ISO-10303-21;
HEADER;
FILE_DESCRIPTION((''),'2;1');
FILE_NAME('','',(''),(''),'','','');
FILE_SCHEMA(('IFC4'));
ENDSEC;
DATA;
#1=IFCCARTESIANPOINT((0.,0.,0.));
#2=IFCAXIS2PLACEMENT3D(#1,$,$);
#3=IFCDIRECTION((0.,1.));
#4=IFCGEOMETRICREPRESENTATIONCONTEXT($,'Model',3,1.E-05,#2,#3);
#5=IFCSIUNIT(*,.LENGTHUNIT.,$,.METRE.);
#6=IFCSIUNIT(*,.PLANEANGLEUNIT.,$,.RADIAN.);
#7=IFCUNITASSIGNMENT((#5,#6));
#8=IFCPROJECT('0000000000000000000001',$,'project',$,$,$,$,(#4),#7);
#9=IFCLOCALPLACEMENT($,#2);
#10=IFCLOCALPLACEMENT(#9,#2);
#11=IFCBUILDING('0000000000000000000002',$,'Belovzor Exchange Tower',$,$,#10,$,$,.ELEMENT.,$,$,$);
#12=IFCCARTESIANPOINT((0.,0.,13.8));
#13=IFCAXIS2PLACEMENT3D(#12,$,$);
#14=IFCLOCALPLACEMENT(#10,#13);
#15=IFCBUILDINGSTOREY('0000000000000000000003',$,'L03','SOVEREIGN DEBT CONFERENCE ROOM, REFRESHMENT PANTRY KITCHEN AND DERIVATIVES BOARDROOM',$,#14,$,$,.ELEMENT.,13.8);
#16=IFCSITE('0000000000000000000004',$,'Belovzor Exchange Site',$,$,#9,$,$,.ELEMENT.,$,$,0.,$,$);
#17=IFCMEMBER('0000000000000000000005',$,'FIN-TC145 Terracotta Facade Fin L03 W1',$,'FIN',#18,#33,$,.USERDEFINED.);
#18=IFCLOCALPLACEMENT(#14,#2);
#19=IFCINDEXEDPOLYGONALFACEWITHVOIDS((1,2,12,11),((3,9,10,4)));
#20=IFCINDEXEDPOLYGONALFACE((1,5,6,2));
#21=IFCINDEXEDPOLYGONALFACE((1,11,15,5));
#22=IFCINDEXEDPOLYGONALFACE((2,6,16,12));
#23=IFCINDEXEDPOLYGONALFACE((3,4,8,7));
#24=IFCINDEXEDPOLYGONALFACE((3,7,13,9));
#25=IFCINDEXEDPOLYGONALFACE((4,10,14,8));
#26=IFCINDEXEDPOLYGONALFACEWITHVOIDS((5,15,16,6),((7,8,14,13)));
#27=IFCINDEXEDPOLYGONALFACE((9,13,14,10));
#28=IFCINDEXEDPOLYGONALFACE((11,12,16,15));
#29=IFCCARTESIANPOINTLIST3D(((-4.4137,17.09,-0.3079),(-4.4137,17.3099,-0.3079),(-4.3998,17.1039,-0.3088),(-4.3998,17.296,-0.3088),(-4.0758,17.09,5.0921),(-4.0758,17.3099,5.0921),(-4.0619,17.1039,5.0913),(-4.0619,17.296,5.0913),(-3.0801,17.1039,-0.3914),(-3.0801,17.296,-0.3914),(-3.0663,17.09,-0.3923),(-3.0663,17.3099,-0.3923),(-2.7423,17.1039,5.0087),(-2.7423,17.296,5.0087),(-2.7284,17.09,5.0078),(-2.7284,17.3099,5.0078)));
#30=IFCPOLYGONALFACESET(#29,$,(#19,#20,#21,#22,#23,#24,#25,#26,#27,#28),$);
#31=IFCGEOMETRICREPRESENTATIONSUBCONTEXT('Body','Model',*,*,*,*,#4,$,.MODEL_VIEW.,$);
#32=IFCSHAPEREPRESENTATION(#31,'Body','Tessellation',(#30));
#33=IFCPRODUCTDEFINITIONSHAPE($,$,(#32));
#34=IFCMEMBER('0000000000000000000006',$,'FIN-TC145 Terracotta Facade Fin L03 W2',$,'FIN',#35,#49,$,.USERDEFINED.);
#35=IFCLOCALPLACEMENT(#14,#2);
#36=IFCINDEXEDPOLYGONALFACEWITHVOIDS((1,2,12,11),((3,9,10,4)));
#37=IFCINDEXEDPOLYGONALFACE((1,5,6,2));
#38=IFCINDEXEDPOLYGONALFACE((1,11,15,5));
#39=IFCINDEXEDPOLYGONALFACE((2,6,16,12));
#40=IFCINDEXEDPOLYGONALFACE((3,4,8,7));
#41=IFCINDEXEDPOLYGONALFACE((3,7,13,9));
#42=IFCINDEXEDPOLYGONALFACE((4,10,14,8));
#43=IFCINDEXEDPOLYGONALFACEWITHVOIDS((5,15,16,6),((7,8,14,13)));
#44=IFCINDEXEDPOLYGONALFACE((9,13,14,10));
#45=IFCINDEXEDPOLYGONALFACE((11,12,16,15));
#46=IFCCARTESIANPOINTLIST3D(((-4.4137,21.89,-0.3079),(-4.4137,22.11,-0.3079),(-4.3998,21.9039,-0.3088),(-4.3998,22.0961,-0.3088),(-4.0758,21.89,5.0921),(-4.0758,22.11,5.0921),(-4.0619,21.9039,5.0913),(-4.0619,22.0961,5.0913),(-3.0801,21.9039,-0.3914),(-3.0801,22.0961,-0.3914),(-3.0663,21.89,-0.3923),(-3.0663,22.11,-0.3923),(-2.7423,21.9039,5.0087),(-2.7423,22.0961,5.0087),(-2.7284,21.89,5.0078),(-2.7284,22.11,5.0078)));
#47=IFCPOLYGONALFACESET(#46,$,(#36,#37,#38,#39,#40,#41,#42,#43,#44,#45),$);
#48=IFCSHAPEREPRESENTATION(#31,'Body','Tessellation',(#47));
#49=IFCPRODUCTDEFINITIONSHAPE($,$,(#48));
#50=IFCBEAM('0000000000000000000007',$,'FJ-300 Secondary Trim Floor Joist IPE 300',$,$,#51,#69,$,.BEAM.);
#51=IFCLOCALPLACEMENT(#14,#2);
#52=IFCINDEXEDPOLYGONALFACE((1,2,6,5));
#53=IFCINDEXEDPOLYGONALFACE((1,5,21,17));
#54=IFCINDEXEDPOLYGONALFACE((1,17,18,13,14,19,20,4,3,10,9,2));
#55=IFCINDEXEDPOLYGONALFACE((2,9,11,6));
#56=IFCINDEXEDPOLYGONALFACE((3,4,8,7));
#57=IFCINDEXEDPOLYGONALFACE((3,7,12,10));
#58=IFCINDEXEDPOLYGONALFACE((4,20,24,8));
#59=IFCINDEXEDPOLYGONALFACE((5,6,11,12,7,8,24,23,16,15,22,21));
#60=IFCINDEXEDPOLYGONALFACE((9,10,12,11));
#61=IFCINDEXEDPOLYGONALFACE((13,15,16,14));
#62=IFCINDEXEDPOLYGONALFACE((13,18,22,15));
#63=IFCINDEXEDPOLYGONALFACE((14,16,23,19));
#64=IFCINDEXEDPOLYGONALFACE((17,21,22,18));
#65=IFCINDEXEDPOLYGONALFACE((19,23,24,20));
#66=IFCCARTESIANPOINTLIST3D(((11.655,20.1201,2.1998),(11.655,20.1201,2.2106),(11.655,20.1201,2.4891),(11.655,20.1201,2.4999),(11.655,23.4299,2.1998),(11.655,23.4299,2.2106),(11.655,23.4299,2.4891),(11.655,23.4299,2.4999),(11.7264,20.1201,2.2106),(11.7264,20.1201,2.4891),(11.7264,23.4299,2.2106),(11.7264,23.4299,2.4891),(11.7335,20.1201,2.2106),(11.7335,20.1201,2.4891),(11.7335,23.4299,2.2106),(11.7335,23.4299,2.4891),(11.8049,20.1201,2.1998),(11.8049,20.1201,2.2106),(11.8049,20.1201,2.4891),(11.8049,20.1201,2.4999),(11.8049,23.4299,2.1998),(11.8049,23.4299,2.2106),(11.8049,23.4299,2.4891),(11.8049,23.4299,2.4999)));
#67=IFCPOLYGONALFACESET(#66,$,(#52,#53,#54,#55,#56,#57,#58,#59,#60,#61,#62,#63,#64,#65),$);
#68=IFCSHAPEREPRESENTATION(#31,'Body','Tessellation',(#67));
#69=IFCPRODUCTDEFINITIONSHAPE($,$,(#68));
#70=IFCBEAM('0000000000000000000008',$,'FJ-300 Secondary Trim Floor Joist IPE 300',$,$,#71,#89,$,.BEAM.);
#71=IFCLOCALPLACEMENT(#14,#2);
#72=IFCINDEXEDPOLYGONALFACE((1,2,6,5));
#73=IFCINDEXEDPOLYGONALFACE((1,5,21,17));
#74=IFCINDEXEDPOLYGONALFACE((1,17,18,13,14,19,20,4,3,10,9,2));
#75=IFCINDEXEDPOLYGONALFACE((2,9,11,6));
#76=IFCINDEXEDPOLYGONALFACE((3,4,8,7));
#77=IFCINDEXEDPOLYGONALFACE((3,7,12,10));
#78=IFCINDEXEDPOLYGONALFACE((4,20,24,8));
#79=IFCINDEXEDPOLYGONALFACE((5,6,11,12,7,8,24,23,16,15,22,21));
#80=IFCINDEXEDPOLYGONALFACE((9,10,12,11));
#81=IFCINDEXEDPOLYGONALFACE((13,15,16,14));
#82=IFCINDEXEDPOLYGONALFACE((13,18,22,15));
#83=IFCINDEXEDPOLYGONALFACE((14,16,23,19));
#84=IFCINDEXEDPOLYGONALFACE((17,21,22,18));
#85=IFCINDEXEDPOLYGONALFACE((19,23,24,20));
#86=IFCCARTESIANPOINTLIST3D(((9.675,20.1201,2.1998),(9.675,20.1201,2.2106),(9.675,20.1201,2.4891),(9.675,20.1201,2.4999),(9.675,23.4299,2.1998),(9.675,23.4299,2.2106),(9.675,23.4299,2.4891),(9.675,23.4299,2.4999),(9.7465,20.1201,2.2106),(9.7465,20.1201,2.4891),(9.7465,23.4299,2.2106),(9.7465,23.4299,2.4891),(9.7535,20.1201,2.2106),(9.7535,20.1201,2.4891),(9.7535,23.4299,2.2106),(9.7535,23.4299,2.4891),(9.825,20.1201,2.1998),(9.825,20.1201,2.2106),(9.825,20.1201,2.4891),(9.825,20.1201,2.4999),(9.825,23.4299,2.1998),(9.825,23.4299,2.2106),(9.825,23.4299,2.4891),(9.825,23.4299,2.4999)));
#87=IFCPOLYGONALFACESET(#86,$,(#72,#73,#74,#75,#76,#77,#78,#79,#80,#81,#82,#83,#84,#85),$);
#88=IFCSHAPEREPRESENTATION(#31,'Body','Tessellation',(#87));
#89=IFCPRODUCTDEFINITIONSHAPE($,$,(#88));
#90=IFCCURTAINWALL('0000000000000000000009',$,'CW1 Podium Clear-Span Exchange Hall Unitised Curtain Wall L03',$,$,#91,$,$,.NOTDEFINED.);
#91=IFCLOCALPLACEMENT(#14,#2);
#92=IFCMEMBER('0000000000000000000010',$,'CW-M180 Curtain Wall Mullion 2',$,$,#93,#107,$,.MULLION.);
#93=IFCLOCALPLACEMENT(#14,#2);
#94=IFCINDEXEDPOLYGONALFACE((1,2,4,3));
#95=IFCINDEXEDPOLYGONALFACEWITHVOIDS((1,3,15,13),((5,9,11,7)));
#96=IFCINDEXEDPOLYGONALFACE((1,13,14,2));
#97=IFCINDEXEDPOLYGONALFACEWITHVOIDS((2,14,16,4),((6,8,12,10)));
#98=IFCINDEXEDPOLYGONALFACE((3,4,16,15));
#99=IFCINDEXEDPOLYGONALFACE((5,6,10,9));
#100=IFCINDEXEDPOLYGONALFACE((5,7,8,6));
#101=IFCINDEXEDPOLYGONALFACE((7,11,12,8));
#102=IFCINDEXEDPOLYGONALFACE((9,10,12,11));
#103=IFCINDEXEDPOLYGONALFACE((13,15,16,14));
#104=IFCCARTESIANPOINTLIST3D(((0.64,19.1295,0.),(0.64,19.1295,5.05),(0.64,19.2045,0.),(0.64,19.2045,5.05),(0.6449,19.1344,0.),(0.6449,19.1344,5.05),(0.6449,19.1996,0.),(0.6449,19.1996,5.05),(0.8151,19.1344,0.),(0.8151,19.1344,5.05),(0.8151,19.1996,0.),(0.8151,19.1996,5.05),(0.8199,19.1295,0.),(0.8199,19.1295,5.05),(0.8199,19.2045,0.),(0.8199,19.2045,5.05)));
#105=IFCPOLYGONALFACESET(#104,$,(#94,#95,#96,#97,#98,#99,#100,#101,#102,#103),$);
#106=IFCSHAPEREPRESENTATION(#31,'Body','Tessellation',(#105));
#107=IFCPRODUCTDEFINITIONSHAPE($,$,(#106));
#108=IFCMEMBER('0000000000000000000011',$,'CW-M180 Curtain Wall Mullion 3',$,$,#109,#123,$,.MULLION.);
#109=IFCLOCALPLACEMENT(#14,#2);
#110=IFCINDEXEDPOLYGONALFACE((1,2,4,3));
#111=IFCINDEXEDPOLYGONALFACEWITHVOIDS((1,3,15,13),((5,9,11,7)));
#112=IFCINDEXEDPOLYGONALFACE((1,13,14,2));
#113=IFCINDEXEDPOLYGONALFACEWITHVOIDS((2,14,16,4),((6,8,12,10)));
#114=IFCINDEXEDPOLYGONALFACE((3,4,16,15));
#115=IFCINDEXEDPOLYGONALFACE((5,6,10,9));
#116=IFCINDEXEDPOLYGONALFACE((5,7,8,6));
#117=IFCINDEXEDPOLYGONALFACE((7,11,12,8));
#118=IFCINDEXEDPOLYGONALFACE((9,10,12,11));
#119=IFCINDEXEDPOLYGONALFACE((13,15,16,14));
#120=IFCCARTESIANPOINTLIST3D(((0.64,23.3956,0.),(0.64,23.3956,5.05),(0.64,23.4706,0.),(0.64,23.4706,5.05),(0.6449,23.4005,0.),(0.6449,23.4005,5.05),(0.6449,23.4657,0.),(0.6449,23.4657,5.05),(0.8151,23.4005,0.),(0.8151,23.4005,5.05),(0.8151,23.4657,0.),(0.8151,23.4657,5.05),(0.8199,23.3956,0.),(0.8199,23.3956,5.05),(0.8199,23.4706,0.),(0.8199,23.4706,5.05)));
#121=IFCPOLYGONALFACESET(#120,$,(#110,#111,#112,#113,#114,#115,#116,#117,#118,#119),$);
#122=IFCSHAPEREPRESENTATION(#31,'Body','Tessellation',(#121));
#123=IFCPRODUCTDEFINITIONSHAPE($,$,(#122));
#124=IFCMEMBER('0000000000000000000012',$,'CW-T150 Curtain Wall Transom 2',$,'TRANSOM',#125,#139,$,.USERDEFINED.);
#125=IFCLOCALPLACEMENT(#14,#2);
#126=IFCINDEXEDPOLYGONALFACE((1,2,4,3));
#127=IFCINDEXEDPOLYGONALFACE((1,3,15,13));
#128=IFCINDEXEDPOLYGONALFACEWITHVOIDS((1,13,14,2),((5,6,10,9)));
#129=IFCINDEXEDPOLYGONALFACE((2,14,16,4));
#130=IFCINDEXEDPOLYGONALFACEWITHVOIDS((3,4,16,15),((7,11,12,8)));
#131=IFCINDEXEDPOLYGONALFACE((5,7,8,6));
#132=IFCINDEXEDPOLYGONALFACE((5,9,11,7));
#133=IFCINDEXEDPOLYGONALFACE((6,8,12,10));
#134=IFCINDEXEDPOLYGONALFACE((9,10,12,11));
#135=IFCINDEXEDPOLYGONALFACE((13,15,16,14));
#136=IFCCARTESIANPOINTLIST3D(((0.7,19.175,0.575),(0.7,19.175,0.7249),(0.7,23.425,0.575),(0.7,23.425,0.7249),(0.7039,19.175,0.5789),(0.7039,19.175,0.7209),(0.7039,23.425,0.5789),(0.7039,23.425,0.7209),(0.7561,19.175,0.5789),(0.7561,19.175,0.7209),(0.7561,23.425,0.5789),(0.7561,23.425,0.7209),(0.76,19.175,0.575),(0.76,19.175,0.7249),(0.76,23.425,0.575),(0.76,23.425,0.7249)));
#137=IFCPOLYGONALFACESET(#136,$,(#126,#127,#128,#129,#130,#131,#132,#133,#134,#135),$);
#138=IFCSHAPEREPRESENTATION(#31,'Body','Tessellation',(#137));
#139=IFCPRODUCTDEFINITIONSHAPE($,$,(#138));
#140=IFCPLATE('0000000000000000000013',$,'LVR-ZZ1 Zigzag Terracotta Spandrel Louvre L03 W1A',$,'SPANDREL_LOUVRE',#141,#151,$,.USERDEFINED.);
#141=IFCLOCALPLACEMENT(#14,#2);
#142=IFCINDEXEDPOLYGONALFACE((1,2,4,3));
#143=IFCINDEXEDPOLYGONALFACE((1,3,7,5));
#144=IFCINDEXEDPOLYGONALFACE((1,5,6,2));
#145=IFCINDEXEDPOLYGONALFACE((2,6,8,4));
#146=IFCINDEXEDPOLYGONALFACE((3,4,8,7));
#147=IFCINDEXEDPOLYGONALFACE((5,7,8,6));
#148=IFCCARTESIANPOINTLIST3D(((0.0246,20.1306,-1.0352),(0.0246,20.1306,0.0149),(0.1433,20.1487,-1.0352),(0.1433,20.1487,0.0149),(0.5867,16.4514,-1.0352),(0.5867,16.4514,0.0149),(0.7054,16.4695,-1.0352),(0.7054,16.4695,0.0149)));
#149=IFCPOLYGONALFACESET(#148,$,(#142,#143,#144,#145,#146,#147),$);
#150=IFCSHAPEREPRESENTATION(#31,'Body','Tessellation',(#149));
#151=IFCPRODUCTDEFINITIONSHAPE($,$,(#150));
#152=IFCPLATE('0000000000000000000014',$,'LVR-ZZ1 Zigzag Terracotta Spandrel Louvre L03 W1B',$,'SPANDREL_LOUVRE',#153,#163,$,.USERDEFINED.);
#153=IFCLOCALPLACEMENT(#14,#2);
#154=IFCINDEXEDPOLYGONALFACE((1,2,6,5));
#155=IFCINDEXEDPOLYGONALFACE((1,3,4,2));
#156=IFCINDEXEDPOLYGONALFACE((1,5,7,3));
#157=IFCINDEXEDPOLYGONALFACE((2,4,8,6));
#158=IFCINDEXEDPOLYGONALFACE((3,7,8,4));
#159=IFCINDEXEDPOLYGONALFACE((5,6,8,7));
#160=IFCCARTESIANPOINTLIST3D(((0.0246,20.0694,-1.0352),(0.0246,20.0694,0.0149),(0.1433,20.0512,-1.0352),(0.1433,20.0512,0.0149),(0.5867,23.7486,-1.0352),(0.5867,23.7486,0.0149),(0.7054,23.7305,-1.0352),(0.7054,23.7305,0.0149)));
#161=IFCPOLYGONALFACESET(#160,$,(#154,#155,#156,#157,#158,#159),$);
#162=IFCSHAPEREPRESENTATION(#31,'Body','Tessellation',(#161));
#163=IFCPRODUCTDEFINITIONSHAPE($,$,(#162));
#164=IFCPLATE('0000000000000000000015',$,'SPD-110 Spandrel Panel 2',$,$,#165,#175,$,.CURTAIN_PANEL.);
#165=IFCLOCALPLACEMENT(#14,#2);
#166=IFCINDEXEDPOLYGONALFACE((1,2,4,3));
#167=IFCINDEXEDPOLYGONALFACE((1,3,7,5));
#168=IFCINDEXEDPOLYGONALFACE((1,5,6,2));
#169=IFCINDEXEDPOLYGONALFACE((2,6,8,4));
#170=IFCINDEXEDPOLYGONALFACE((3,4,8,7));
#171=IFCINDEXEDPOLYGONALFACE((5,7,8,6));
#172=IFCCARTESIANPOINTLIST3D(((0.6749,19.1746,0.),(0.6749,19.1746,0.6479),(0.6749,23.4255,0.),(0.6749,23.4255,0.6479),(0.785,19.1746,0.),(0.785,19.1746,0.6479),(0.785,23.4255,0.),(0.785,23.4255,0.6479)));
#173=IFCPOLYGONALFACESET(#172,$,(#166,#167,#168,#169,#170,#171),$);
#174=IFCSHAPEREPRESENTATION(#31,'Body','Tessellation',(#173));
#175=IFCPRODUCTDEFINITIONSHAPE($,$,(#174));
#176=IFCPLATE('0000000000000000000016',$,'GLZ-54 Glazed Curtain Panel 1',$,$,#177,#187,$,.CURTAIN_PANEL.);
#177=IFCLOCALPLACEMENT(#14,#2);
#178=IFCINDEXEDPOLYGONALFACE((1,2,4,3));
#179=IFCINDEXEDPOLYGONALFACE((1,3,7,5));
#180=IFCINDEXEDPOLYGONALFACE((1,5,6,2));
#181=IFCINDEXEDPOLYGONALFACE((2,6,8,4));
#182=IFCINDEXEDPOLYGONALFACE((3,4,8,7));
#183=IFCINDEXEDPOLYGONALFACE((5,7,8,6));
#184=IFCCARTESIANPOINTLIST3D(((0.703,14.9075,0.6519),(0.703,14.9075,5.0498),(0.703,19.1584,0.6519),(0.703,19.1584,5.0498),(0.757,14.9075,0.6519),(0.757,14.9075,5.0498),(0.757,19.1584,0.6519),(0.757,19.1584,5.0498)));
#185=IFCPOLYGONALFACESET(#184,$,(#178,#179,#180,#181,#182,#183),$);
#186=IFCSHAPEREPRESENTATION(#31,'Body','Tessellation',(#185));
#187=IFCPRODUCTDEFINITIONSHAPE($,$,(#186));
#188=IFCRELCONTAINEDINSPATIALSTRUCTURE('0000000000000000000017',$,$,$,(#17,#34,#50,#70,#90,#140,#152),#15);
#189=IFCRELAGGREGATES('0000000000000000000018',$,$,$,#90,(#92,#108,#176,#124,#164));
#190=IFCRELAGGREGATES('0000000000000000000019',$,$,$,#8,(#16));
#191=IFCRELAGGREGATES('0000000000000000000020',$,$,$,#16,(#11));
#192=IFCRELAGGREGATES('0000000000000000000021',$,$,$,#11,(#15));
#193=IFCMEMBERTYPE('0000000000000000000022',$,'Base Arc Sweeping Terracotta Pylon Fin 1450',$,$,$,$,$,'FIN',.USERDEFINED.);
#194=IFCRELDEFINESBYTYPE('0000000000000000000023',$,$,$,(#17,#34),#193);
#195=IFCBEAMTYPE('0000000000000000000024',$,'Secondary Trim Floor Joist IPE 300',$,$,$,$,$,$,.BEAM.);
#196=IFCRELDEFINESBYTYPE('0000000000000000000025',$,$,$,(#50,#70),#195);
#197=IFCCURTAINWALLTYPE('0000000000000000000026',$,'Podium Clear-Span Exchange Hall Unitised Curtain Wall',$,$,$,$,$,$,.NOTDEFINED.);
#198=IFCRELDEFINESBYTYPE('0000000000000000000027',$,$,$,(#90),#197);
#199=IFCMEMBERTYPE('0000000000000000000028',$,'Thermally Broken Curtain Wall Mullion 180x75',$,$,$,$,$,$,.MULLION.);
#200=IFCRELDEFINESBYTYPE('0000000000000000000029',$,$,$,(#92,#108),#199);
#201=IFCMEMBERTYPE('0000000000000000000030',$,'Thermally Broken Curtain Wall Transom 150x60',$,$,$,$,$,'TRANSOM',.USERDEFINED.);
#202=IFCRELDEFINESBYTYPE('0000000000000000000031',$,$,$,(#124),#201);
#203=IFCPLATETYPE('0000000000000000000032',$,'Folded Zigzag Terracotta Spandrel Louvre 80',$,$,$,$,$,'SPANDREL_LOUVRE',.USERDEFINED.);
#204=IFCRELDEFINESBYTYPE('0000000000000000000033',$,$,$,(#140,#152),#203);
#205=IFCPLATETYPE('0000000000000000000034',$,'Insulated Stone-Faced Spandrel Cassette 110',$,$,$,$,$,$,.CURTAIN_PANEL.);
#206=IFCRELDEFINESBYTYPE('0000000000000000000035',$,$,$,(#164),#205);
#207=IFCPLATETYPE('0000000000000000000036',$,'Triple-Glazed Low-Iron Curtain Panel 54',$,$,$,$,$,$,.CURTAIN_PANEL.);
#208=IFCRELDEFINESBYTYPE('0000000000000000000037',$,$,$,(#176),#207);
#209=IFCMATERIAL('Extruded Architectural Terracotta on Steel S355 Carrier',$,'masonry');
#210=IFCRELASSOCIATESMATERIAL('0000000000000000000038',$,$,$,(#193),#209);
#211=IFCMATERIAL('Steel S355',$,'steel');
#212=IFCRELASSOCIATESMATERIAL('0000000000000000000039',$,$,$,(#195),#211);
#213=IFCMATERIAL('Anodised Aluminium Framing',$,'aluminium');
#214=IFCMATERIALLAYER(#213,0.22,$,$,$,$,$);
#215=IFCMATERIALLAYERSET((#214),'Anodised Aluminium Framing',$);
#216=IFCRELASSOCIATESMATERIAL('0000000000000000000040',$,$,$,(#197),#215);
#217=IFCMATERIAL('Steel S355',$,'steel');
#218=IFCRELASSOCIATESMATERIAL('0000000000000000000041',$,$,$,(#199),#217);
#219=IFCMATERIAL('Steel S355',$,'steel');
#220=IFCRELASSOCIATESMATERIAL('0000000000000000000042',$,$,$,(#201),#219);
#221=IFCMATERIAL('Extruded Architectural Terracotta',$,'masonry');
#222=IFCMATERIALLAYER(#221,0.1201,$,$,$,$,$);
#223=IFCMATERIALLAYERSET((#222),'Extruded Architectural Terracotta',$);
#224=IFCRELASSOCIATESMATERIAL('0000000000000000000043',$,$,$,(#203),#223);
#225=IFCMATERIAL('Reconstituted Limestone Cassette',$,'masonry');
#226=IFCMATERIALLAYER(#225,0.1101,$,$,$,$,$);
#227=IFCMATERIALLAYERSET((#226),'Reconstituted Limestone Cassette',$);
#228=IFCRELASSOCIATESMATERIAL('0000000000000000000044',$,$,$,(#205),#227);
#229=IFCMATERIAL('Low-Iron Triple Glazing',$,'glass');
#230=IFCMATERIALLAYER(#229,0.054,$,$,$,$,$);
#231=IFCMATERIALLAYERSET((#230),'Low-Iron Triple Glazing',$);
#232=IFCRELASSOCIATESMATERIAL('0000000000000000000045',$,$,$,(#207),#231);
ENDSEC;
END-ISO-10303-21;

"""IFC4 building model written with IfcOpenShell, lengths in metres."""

from ifc_helpers import new_model, si_unit, direction, frame, origin, origin_2d, place, context, subcontext, project, spatial, rectangle, hollow_rectangle, i_section, extrude, material, layer, layer_set, material_profile, profile_set, type_object, element, aggregate, save


model = new_model("IFC4")

# Units and contexts
model_context = context("Model", 3, precision=1e-05, world=origin(), true_north=direction((0.0, 1.0)))
body_context = subcontext(model_context, "Body", "Model", "MODEL_VIEW")
ifc_project = project(units=[si_unit("LENGTHUNIT", "METRE"), si_unit("PLANEANGLEUNIT", "RADIAN")], contexts=[model_context])

# Site, building, storey
site_placement = place(None, origin())
site = spatial("IfcSite", under=ifc_project, at=site_placement, Name="Belovzor Exchange Site", CompositionType="ELEMENT", RefElevation=0.0)
building_placement = place(site_placement, origin())
building = spatial("IfcBuilding", under=site, at=building_placement, Name="Belovzor Exchange Tower", CompositionType="ELEMENT")
storey_placement = place(building_placement, frame((0.0, 0.0, 13.8)))
storey = spatial("IfcBuildingStorey", under=building, at=storey_placement, Name="L03", Description="SOVEREIGN DEBT CONFERENCE ROOM, REFRESHMENT PANTRY KITCHEN AND DERIVATIVES BOARDROOM", CompositionType="ELEMENT", Elevation=13.8)

# Members
ifc_material_1 = material(Name="Extruded Architectural Terracotta on Steel S355 Carrier", Category="masonry")
ifc_material_profile_1 = material_profile(ifc_material_1, hollow_rectangle(XDim=0.22, YDim=1.3501, WallThickness=0.0139, at=origin_2d()))
ifc_profile_set_1 = profile_set([ifc_material_profile_1], Name="Extruded Architectural Terracotta on Steel S355 Carrier")
member_type_1 = type_object("IfcMemberType", Name="Base Arc Sweeping Terracotta Pylon Fin 1450", ElementType="FIN", PredefinedType="USERDEFINED", material=ifc_profile_set_1)
for number, where, z_axis, x_axis, name in (
    (1, (-3.74, 17.2, -0.3501), (0.062449, 0.0, 0.998048), (0.0, 1.0, 0.0), "FIN-TC145 Terracotta Facade Fin L03 W1"),
    (2, (-3.74, 22.0, -0.3501), (0.062449, 0.0, 0.998048), (0.0, 1.0, 0.0), "FIN-TC145 Terracotta Facade Fin L03 W2"),
):
    element("IfcMember", number, at=place(storey_placement, frame(where, z_axis=z_axis, x_axis=x_axis)), inside=storey, type_object=member_type_1, Name=name, ObjectType="FIN", PredefinedType="USERDEFINED", context=body_context, shape_type="SweptSolid", body=[
        extrude(hollow_rectangle(XDim=0.22, YDim=1.3501, WallThickness=0.0139, at=origin_2d()), origin(), (0.0, 0.0, 1.0), 5.4106),
    ])

# Beams
ifc_material_2 = material(Name="Steel S355", Category="steel")
ifc_material_profile_2 = material_profile(ifc_material_2, i_section(OverallWidth=0.1499, OverallDepth=0.3, WebThickness=0.0071, FlangeThickness=0.0107, at=origin_2d()))
ifc_profile_set_2 = profile_set([ifc_material_profile_2], Name="Steel S355")
beam_type = type_object("IfcBeamType", Name="Secondary Trim Floor Joist IPE 300", PredefinedType="BEAM", material=ifc_profile_set_2)
for number, where, z_axis, x_axis, name in (
    (3, (11.73, 23.4299, 2.3499), (0.0, -1.0, 0.0), (1.0, 0.0, 0.0), "FJ-300 Secondary Trim Floor Joist IPE 300"),
    (4, (9.75, 23.4299, 2.3499), (0.0, -1.0, 0.0), (1.0, 0.0, 0.0), "FJ-300 Secondary Trim Floor Joist IPE 300"),
):
    element("IfcBeam", number, at=place(storey_placement, frame(where, z_axis=z_axis, x_axis=x_axis)), inside=storey, type_object=beam_type, Name=name, PredefinedType="BEAM", context=body_context, shape_type="SweptSolid", body=[
        extrude(i_section(OverallWidth=0.1499, OverallDepth=0.3, WebThickness=0.0071, FlangeThickness=0.0107, at=origin_2d()), origin(), (0.0, 0.0, 1.0), 3.3098),
    ])

# Curtain wall, members
ifc_material_3 = material(Name="Anodised Aluminium Framing", Category="aluminium")
ifc_layer_1 = layer(ifc_material_3, 0.22)
ifc_layer_set_1 = layer_set([ifc_layer_1], Name="Anodised Aluminium Framing")
curtain_wall_type = type_object("IfcCurtainWallType", Name="Podium Clear-Span Exchange Hall Unitised Curtain Wall", PredefinedType="NOTDEFINED", material=ifc_layer_set_1)
curtain_wall_placement = place(storey_placement, origin())
curtain_wall = element("IfcCurtainWall", 5, at=curtain_wall_placement, inside=storey, type_object=curtain_wall_type, Name="CW1 Podium Clear-Span Exchange Hall Unitised Curtain Wall L03", PredefinedType="NOTDEFINED")
ifc_material_4 = material(Name="Steel S355", Category="steel")
ifc_material_profile_3 = material_profile(ifc_material_4, hollow_rectangle(XDim=0.075, YDim=0.1799, WallThickness=0.0049, at=origin_2d()))
ifc_profile_set_3 = profile_set([ifc_material_profile_3], Name="Steel S355")
member_type_2 = type_object("IfcMemberType", Name="Thermally Broken Curtain Wall Mullion 180x75", PredefinedType="MULLION", material=ifc_profile_set_3)
member_1_placement = place(storey_placement, frame((0.73, 19.167, 0.0), z_axis=(0.0, 0.0, 1.0), x_axis=(0.0, 1.0, 0.0)))
member_1 = element("IfcMember", 6, at=member_1_placement, type_object=member_type_2, Name="CW-M180 Curtain Wall Mullion 2", PredefinedType="MULLION", context=body_context, shape_type="SweptSolid", body=[
    extrude(hollow_rectangle(XDim=0.075, YDim=0.1799, WallThickness=0.0049, at=origin_2d()), origin(), (0.0, 0.0, 1.0), 5.05),
])
member_2_placement = place(storey_placement, frame((0.73, 23.4331, 0.0), z_axis=(0.0, 0.0, 1.0), x_axis=(0.0, 1.0, 0.0)))
member_2 = element("IfcMember", 7, at=member_2_placement, type_object=member_type_2, Name="CW-M180 Curtain Wall Mullion 3", PredefinedType="MULLION", context=body_context, shape_type="SweptSolid", body=[
    extrude(hollow_rectangle(XDim=0.075, YDim=0.1799, WallThickness=0.0049, at=origin_2d()), origin(), (0.0, 0.0, 1.0), 5.05),
])
ifc_material_5 = material(Name="Steel S355", Category="steel")
ifc_material_profile_4 = material_profile(ifc_material_5, hollow_rectangle(XDim=0.0601, YDim=0.1499, WallThickness=0.0039, at=origin_2d()))
ifc_profile_set_4 = profile_set([ifc_material_profile_4], Name="Steel S355")
member_type_3 = type_object("IfcMemberType", Name="Thermally Broken Curtain Wall Transom 150x60", ElementType="TRANSOM", PredefinedType="USERDEFINED", material=ifc_profile_set_4)
member_3_placement = place(storey_placement, frame((0.73, 19.175, 0.6499), z_axis=(0.0, 1.0, 0.0), x_axis=(-1.0, 0.0, 0.0)))
member_3 = element("IfcMember", 8, at=member_3_placement, type_object=member_type_3, Name="CW-T150 Curtain Wall Transom 2", ObjectType="TRANSOM", PredefinedType="USERDEFINED", context=body_context, shape_type="SweptSolid", body=[
    extrude(hollow_rectangle(XDim=0.0601, YDim=0.1499, WallThickness=0.0039, at=origin_2d()), origin(), (0.0, 0.0, 1.0), 4.25),
])

# Plates
ifc_material_6 = material(Name="Extruded Architectural Terracotta", Category="masonry")
ifc_layer_2 = layer(ifc_material_6, 0.1201)
ifc_layer_set_2 = layer_set([ifc_layer_2], Name="Extruded Architectural Terracotta")
plate_type_1 = type_object("IfcPlateType", Name="Folded Zigzag Terracotta Spandrel Louvre 80", ElementType="SPANDREL_LOUVRE", PredefinedType="USERDEFINED", material=ifc_layer_set_2)
for number, where, z_axis, x_axis, name in (
    (9, (0.365, 18.3, -1.0352), (0.0, 0.0, 1.0), (-0.151019, 0.988531, 0.0), "LVR-ZZ1 Zigzag Terracotta Spandrel Louvre L03 W1A"),
    (10, (0.365, 21.8999, -1.0352), (0.0, 0.0, 1.0), (0.151019, 0.988531, 0.0), "LVR-ZZ1 Zigzag Terracotta Spandrel Louvre L03 W1B"),
):
    element("IfcPlate", number, at=place(storey_placement, frame(where, z_axis=z_axis, x_axis=x_axis)), inside=storey, type_object=plate_type_1, Name=name, ObjectType="SPANDREL_LOUVRE", PredefinedType="USERDEFINED", context=body_context, shape_type="SweptSolid", body=[
        extrude(rectangle(XDim=3.7219, YDim=0.1201, at=origin_2d()), origin(), (0.0, 0.0, 1.0), 1.05),
    ])

# Plates
ifc_material_7 = material(Name="Reconstituted Limestone Cassette", Category="masonry")
ifc_layer_3 = layer(ifc_material_7, 0.1101)
ifc_layer_set_3 = layer_set([ifc_layer_3], Name="Reconstituted Limestone Cassette")
plate_type_2 = type_object("IfcPlateType", Name="Insulated Stone-Faced Spandrel Cassette 110", PredefinedType="CURTAIN_PANEL", material=ifc_layer_set_3)
plate_1_placement = place(storey_placement, frame((0.73, 21.3, 0.0), z_axis=(0.0, 0.0, 1.0), x_axis=(0.0, 1.0, 0.0)))
plate_1 = element("IfcPlate", 11, at=plate_1_placement, type_object=plate_type_2, Name="SPD-110 Spandrel Panel 2", PredefinedType="CURTAIN_PANEL", context=body_context, shape_type="SweptSolid", body=[
    extrude(rectangle(XDim=4.251, YDim=0.1101, at=origin_2d()), origin(), (0.0, 0.0, 1.0), 0.6479),
])
ifc_material_8 = material(Name="Low-Iron Triple Glazing", Category="glass")
ifc_layer_4 = layer(ifc_material_8, 0.054)
ifc_layer_set_4 = layer_set([ifc_layer_4], Name="Low-Iron Triple Glazing")
plate_type_3 = type_object("IfcPlateType", Name="Triple-Glazed Low-Iron Curtain Panel 54", PredefinedType="CURTAIN_PANEL", material=ifc_layer_set_4)
plate_2_placement = place(storey_placement, frame((0.73, 17.033, 0.6519), z_axis=(0.0, 0.0, 1.0), x_axis=(0.0, 1.0, 0.0)))
plate_2 = element("IfcPlate", 12, at=plate_2_placement, type_object=plate_type_3, Name="GLZ-54 Glazed Curtain Panel 1", PredefinedType="CURTAIN_PANEL", context=body_context, shape_type="SweptSolid", body=[
    extrude(rectangle(XDim=4.251, YDim=0.054, at=origin_2d()), origin(), (0.0, 0.0, 1.0), 4.3979),
])
aggregate(curtain_wall, [member_1, member_2, plate_2, member_3, plate_1])

save(model, "model.ifc")
